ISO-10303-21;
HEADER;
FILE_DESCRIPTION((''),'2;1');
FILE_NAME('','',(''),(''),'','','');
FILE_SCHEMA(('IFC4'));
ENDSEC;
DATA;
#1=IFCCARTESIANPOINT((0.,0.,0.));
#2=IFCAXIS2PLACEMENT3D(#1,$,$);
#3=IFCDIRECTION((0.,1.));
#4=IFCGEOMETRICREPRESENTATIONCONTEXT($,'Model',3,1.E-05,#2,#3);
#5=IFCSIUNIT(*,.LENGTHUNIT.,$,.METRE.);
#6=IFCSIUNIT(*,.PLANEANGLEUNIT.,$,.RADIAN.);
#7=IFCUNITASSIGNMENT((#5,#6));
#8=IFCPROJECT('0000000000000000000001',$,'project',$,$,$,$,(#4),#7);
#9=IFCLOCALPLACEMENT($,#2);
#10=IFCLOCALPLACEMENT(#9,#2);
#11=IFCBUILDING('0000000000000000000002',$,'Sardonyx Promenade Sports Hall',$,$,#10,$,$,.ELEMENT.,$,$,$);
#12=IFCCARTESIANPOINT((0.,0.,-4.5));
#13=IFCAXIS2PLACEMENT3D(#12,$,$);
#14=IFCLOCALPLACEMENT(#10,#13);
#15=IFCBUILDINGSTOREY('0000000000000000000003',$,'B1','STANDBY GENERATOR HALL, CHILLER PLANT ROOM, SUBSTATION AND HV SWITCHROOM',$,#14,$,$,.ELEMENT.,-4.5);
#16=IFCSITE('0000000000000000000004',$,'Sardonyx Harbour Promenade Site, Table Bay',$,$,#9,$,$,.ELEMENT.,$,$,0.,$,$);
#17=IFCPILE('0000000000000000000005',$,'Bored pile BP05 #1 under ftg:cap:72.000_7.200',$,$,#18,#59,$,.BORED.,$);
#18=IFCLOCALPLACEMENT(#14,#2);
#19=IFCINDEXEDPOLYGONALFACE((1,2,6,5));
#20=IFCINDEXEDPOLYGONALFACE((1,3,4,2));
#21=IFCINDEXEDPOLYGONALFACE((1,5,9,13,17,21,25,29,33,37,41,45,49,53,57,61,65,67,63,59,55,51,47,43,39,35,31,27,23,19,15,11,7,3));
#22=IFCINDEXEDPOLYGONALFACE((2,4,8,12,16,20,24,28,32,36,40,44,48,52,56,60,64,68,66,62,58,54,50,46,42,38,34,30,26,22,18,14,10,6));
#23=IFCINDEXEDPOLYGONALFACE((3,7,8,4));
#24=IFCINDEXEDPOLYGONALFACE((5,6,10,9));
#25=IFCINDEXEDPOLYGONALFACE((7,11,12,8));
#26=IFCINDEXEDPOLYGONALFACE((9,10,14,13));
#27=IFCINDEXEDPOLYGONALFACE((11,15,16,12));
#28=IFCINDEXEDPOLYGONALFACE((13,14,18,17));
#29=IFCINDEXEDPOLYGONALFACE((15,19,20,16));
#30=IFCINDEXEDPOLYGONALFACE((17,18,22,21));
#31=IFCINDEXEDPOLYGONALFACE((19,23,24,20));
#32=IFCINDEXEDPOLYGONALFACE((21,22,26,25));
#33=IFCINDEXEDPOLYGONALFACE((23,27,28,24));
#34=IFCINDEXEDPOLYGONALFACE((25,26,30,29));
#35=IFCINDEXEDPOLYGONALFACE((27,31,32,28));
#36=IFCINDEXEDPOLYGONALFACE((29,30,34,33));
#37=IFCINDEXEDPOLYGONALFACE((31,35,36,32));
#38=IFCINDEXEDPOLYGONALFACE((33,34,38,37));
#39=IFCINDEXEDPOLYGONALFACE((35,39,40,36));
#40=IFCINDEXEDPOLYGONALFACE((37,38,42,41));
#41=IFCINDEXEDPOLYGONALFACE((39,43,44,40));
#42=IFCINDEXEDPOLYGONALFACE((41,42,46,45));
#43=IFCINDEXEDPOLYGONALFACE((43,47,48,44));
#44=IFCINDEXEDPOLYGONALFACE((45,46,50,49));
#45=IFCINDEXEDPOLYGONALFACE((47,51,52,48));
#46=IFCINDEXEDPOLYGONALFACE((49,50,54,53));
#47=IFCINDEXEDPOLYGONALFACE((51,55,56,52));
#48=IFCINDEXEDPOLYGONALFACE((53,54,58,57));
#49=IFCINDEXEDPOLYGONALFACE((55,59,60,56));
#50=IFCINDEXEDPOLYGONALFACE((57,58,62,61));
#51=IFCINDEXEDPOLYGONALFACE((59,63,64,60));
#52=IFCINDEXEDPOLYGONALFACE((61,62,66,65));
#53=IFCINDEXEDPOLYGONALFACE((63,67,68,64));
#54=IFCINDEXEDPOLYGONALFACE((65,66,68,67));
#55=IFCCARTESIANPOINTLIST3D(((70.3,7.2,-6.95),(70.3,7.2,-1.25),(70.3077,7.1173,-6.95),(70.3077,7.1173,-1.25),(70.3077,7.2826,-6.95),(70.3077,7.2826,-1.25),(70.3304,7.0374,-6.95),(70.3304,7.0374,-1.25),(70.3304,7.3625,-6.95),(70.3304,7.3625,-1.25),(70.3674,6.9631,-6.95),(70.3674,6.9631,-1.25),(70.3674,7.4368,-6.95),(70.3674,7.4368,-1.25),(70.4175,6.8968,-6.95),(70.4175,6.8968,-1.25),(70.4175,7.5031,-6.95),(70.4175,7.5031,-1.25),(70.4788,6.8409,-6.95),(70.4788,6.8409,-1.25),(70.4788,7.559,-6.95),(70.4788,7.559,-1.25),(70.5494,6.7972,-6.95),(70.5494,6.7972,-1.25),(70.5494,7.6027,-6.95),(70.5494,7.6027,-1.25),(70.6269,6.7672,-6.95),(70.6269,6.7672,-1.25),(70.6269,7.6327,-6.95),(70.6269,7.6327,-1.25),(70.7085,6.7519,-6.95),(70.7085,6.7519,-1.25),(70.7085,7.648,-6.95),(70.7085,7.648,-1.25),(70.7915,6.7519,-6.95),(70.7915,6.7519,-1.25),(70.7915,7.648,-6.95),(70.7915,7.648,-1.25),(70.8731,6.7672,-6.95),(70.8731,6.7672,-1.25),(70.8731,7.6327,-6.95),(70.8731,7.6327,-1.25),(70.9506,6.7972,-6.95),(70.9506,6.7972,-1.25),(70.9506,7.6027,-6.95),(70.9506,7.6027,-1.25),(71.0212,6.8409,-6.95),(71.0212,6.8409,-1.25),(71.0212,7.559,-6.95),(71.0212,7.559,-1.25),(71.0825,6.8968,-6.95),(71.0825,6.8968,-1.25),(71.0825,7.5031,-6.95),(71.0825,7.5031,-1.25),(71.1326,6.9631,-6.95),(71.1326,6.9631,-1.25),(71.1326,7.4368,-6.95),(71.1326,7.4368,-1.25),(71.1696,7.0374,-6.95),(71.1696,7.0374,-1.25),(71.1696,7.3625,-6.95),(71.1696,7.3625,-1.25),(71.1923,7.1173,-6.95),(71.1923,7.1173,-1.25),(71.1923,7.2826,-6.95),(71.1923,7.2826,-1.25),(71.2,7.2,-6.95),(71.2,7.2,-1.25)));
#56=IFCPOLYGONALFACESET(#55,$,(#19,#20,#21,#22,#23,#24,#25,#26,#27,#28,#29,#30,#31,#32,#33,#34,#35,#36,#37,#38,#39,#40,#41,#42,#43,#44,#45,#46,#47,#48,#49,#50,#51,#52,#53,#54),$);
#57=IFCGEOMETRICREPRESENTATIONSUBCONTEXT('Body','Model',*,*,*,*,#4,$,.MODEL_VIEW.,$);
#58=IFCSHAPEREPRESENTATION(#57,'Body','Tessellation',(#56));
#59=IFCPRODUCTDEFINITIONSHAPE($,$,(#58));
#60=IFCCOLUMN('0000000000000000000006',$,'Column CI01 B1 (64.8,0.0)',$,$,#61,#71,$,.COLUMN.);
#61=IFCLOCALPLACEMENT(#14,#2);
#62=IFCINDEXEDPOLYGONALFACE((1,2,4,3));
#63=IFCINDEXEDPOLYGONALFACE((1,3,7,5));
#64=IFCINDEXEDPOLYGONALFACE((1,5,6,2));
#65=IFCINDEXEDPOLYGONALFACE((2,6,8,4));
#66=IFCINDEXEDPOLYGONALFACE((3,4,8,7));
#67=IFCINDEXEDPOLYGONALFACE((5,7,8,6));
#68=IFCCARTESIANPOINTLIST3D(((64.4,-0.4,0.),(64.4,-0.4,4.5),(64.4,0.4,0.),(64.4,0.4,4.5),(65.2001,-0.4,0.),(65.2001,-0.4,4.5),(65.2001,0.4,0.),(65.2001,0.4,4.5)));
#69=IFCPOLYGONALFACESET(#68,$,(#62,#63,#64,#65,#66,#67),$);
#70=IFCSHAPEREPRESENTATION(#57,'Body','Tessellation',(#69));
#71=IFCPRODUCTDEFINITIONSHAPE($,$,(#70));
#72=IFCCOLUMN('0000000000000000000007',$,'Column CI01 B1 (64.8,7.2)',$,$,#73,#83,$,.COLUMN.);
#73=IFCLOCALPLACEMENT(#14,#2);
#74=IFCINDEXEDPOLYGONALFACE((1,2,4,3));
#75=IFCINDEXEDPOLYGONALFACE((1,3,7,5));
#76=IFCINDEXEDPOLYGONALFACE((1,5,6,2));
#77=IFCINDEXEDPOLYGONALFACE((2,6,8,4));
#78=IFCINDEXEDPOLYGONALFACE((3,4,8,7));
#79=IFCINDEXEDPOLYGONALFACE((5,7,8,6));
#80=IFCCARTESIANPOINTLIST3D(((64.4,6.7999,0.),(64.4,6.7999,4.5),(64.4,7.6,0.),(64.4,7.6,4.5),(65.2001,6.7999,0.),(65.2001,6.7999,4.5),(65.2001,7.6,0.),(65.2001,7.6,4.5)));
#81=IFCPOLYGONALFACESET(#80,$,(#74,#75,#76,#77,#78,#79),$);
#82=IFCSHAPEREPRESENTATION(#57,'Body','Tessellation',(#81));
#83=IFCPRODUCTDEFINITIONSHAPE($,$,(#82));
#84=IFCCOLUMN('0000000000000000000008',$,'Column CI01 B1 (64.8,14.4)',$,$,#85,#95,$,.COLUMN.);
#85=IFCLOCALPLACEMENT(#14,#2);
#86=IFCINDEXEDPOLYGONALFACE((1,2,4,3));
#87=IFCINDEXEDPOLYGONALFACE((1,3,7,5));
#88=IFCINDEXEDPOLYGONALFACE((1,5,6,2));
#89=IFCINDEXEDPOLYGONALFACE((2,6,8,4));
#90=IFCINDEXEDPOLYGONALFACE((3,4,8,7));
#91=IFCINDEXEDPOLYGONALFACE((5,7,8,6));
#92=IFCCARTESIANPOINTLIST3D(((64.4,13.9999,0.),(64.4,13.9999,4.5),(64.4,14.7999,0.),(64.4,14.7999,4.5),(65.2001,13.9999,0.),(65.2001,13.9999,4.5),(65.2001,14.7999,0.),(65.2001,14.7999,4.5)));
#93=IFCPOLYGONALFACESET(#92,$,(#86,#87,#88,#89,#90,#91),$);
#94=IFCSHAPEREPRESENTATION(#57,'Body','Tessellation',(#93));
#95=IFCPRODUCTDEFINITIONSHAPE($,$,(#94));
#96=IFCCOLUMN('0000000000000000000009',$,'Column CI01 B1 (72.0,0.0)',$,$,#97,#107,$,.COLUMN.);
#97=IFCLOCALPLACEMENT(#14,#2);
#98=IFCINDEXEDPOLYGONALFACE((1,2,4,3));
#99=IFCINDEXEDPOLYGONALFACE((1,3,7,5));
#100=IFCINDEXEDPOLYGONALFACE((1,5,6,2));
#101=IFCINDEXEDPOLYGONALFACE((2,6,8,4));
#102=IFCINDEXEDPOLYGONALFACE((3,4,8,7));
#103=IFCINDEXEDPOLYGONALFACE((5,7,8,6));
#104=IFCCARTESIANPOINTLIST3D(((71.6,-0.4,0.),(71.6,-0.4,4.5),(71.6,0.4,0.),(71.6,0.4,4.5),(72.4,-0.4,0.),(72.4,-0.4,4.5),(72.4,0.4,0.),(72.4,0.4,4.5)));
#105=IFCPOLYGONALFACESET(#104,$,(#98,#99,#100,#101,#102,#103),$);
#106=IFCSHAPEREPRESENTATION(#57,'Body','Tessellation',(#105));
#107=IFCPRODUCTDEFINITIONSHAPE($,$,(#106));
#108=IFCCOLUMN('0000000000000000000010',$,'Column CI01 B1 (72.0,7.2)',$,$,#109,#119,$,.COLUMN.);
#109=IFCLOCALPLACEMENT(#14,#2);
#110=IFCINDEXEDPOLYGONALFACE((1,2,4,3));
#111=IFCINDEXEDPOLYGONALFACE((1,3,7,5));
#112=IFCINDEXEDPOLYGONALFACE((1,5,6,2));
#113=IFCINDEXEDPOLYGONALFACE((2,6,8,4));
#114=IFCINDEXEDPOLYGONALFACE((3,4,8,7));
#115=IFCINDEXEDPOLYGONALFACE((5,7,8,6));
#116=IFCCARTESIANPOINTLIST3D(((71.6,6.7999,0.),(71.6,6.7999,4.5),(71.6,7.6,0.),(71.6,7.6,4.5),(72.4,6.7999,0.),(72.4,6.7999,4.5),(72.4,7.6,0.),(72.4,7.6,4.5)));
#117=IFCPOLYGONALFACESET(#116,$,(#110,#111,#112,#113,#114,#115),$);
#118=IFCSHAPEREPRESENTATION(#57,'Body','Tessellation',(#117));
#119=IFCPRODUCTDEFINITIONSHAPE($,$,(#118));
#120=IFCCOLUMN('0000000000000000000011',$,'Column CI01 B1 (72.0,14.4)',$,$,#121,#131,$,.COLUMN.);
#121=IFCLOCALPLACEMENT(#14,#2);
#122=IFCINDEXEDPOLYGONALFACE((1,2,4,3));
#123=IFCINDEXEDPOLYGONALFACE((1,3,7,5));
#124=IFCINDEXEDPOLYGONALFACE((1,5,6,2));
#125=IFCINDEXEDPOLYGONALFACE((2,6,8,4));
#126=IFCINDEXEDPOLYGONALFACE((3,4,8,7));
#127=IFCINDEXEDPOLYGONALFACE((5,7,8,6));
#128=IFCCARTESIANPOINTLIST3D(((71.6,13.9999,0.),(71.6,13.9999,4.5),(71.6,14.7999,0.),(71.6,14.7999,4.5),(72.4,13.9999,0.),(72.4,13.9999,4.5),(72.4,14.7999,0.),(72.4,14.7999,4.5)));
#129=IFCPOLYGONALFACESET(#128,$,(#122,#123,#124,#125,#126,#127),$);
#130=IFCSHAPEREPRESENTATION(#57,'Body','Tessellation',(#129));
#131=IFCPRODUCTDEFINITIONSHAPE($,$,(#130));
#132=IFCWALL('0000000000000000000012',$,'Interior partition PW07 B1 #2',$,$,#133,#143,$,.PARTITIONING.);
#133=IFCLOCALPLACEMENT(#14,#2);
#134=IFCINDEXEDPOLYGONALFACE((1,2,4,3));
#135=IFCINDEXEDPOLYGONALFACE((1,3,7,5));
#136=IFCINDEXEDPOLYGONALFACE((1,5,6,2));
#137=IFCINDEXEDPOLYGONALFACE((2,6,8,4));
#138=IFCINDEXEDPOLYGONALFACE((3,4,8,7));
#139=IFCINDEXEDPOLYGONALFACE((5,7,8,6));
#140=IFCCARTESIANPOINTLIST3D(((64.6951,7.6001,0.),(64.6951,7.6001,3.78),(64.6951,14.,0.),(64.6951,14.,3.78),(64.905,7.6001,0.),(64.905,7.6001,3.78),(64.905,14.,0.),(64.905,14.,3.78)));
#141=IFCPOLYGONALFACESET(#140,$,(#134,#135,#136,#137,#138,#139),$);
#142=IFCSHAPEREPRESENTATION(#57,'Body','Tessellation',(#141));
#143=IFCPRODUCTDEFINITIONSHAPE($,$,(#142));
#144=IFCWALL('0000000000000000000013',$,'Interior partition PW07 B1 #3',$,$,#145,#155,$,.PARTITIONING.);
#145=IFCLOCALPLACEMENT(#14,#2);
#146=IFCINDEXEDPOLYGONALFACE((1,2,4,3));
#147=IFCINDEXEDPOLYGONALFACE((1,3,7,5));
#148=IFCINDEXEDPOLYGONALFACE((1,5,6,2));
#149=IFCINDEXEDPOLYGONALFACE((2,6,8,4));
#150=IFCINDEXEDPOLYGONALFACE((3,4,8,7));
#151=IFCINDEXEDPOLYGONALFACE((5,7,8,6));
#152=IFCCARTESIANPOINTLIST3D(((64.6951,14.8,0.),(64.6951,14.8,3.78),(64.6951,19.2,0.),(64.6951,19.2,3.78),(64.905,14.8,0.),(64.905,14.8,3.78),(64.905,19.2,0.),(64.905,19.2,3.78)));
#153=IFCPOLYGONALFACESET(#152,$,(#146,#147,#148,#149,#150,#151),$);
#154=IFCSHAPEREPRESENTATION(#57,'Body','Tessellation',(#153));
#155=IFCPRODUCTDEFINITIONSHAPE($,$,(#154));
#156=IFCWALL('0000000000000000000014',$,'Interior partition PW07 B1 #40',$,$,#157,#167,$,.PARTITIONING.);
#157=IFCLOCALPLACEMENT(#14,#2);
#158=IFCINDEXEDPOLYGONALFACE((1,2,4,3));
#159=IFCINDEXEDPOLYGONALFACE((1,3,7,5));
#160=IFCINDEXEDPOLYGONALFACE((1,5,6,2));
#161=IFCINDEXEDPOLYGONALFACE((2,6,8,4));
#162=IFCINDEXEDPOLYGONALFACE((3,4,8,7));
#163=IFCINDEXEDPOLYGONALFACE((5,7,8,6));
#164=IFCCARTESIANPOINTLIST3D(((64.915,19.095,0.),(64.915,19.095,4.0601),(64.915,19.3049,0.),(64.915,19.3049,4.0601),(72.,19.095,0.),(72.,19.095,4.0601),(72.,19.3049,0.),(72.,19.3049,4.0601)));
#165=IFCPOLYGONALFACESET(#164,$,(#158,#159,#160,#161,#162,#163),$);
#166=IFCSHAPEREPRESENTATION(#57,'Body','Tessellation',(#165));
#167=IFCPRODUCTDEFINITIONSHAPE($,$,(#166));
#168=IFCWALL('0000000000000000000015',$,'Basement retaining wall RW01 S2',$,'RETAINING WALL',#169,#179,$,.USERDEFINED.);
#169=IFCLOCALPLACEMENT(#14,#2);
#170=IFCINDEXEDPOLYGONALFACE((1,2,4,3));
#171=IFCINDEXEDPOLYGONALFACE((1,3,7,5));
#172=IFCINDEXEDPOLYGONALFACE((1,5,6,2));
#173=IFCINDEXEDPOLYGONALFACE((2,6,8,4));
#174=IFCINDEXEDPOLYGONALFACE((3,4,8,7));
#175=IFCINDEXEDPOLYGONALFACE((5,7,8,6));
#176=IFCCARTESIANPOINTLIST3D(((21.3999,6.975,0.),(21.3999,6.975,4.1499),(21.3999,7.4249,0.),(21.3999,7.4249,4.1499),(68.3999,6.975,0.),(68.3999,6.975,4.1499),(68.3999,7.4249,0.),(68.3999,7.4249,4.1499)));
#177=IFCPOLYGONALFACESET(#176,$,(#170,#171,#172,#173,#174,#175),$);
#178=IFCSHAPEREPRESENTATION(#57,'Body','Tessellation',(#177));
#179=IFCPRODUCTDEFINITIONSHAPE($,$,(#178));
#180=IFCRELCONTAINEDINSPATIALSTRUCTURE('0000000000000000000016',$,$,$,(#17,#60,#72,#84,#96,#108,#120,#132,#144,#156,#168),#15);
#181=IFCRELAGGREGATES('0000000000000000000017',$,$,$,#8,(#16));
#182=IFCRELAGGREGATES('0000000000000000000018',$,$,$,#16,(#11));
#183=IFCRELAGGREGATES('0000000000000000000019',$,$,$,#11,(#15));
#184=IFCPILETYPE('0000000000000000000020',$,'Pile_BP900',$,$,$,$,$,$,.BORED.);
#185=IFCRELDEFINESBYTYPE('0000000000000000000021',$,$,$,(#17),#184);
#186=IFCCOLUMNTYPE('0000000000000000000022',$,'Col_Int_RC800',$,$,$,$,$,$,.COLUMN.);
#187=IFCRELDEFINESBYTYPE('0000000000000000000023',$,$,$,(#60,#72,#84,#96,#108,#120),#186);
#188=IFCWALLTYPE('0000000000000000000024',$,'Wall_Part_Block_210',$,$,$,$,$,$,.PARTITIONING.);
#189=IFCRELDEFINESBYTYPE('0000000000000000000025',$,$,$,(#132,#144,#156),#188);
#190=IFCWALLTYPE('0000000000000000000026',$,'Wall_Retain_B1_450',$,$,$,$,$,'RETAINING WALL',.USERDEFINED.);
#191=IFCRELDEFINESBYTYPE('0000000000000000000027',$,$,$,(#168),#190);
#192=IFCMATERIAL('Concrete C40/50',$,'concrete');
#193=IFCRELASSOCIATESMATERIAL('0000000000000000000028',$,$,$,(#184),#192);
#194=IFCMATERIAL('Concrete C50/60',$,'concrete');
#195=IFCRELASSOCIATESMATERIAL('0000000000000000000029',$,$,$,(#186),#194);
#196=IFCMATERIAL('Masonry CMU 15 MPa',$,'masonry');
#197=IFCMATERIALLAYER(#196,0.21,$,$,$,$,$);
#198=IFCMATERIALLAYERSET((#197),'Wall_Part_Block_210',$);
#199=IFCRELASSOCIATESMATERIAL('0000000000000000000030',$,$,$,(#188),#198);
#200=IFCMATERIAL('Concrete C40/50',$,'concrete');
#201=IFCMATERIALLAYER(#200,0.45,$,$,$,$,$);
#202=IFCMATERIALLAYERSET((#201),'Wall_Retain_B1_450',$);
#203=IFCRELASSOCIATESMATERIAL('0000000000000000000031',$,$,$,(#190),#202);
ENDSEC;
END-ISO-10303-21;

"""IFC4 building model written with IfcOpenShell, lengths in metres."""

from ifc_helpers import new_model, si_unit, direction, frame, frame_2d, origin, origin_2d, place, context, subcontext, project, spatial, rectangle, circle, extrude, material, layer, layer_set, material_profile, profile_set, type_object, element, save


model = new_model("IFC4")

# Units and contexts
model_context = context("Model", 3, precision=1e-05, world=origin(), true_north=direction((0.0, 1.0)))
body_context = subcontext(model_context, "Body", "Model", "MODEL_VIEW")
ifc_project = project(units=[si_unit("LENGTHUNIT", "METRE"), si_unit("PLANEANGLEUNIT", "RADIAN")], contexts=[model_context])

# Site, building, storey
site_placement = place(None, origin())
site = spatial("IfcSite", under=ifc_project, at=site_placement, Name="Sardonyx Harbour Promenade Site, Table Bay", CompositionType="ELEMENT", RefElevation=0.0)
building_placement = place(site_placement, origin())
building = spatial("IfcBuilding", under=site, at=building_placement, Name="Sardonyx Promenade Sports Hall", CompositionType="ELEMENT")
storey_placement = place(building_placement, frame((0.0, 0.0, -4.5)))
storey = spatial("IfcBuildingStorey", under=building, at=storey_placement, Name="B1", Description="STANDBY GENERATOR HALL, CHILLER PLANT ROOM, SUBSTATION AND HV SWITCHROOM", CompositionType="ELEMENT", Elevation=-4.5)

# Pile
ifc_material_1 = material(Name="Concrete C40/50", Category="concrete")
ifc_material_profile_1 = material_profile(ifc_material_1, circle(Radius=0.45, at=origin_2d()))
ifc_profile_set_1 = profile_set([ifc_material_profile_1], Name="Concrete C40/50")
pile_type_1 = type_object("IfcPileType", Name="Pile_BP900", PredefinedType="BORED", material=ifc_profile_set_1)
for number, where, z_axis, x_axis, name in (
    (1, (70.75, 7.2, -1.25), (0.0, 0.0, -1.0), (1.0, 0.0, 0.0), "Bored pile BP05 #1 under ftg:cap:72.000_7.200"),
):
    element("IfcPile", number, at=place(storey_placement, frame(where, z_axis=z_axis, x_axis=x_axis)), inside=storey, type_object=pile_type_1, Name=name, PredefinedType="BORED", context=body_context, shape_type="SweptSolid", body=[
        extrude(circle(Radius=0.45, at=origin_2d()), origin(), (0.0, 0.0, 1.0), 5.7),
    ])

# Columns
ifc_material_2 = material(Name="Concrete C50/60", Category="concrete")
ifc_material_profile_2 = material_profile(ifc_material_2, rectangle(XDim=0.8, YDim=0.8, at=origin_2d()))
ifc_profile_set_2 = profile_set([ifc_material_profile_2], Name="Concrete C50/60")
column_type = type_object("IfcColumnType", Name="Col_Int_RC800", PredefinedType="COLUMN", material=ifc_profile_set_2)
for number, where, z_axis, x_axis, name in (
    (2, (64.8, 0.0, 0.0), (0.0, 0.0, 1.0), (1.0, 0.0, 0.0), "Column CI01 B1 (64.8,0.0)"),
    (3, (64.8, 7.2, 0.0), (0.0, 0.0, 1.0), (1.0, 0.0, 0.0), "Column CI01 B1 (64.8,7.2)"),
    (4, (64.8, 14.3999, 0.0), (0.0, 0.0, 1.0), (1.0, 0.0, 0.0), "Column CI01 B1 (64.8,14.4)"),
    (5, (72.0, 0.0, 0.0), (0.0, 0.0, 1.0), (1.0, 0.0, 0.0), "Column CI01 B1 (72.0,0.0)"),
    (6, (72.0, 7.2, 0.0), (0.0, 0.0, 1.0), (1.0, 0.0, 0.0), "Column CI01 B1 (72.0,7.2)"),
    (7, (72.0, 14.3999, 0.0), (0.0, 0.0, 1.0), (1.0, 0.0, 0.0), "Column CI01 B1 (72.0,14.4)"),
):
    element("IfcColumn", number, at=place(storey_placement, frame(where, z_axis=z_axis, x_axis=x_axis)), inside=storey, type_object=column_type, Name=name, PredefinedType="COLUMN", context=body_context, shape_type="SweptSolid", body=[
        extrude(rectangle(XDim=0.8, YDim=0.8, at=origin_2d()), origin(), (0.0, 0.0, 1.0), 4.5),
    ])

# Walls
ifc_material_3 = material(Name="Masonry CMU 15 MPa", Category="masonry")
ifc_layer_1 = layer(ifc_material_3, 0.21)
ifc_layer_set_1 = layer_set([ifc_layer_1], Name="Wall_Part_Block_210")
wall_type_1 = type_object("IfcWallType", Name="Wall_Part_Block_210", PredefinedType="PARTITIONING", material=ifc_layer_set_1)
wall_1_placement = place(storey_placement, frame((64.8, 7.6001, 0.0), z_axis=(0.0, 0.0, 1.0), x_axis=(0.0, 1.0, 0.0)))
element("IfcWall", 8, at=wall_1_placement, inside=storey, type_object=wall_type_1, Name="Interior partition PW07 B1 #2", PredefinedType="PARTITIONING", context=body_context, shape_type="SweptSolid", body=[
    extrude(rectangle(XDim=6.3999, YDim=0.21, at=frame_2d((3.2, 0.0))), origin(), (0.0, 0.0, 1.0), 3.78),
])
wall_2_placement = place(storey_placement, frame((64.8, 14.8, 0.0), z_axis=(0.0, 0.0, 1.0), x_axis=(0.0, 1.0, 0.0)))
element("IfcWall", 9, at=wall_2_placement, inside=storey, type_object=wall_type_1, Name="Interior partition PW07 B1 #3", PredefinedType="PARTITIONING", context=body_context, shape_type="SweptSolid", body=[
    extrude(rectangle(XDim=4.3999, YDim=0.21, at=frame_2d((2.2, 0.0))), origin(), (0.0, 0.0, 1.0), 3.78),
])
wall_3_placement = place(storey_placement, frame((64.915, 19.2, 0.0), z_axis=(0.0, 0.0, 1.0), x_axis=(1.0, 0.0, 0.0)))
element("IfcWall", 10, at=wall_3_placement, inside=storey, type_object=wall_type_1, Name="Interior partition PW07 B1 #40", PredefinedType="PARTITIONING", context=body_context, shape_type="SweptSolid", body=[
    extrude(rectangle(XDim=7.085, YDim=0.21, at=frame_2d((3.5425, 0.0))), origin(), (0.0, 0.0, 1.0), 4.0601),
])
ifc_material_4 = material(Name="Concrete C40/50", Category="concrete")
ifc_layer_2 = layer(ifc_material_4, 0.45)
ifc_layer_set_2 = layer_set([ifc_layer_2], Name="Wall_Retain_B1_450")
wall_type_2 = type_object("IfcWallType", Name="Wall_Retain_B1_450", ElementType="RETAINING WALL", PredefinedType="USERDEFINED", material=ifc_layer_set_2)
wall_4_placement = place(storey_placement, frame((68.3999, 7.2, 0.0), z_axis=(0.0, 0.0, 1.0), x_axis=(-1.0, 0.0, 0.0)))
element("IfcWall", 11, at=wall_4_placement, inside=storey, type_object=wall_type_2, Name="Basement retaining wall RW01 S2", ObjectType="RETAINING WALL", PredefinedType="USERDEFINED", context=body_context, shape_type="SweptSolid", body=[
    extrude(rectangle(XDim=47.0, YDim=0.45, at=frame_2d((23.5, 0.0))), origin(), (0.0, 0.0, 1.0), 4.1499),
])

save(model, "model.ifc")
